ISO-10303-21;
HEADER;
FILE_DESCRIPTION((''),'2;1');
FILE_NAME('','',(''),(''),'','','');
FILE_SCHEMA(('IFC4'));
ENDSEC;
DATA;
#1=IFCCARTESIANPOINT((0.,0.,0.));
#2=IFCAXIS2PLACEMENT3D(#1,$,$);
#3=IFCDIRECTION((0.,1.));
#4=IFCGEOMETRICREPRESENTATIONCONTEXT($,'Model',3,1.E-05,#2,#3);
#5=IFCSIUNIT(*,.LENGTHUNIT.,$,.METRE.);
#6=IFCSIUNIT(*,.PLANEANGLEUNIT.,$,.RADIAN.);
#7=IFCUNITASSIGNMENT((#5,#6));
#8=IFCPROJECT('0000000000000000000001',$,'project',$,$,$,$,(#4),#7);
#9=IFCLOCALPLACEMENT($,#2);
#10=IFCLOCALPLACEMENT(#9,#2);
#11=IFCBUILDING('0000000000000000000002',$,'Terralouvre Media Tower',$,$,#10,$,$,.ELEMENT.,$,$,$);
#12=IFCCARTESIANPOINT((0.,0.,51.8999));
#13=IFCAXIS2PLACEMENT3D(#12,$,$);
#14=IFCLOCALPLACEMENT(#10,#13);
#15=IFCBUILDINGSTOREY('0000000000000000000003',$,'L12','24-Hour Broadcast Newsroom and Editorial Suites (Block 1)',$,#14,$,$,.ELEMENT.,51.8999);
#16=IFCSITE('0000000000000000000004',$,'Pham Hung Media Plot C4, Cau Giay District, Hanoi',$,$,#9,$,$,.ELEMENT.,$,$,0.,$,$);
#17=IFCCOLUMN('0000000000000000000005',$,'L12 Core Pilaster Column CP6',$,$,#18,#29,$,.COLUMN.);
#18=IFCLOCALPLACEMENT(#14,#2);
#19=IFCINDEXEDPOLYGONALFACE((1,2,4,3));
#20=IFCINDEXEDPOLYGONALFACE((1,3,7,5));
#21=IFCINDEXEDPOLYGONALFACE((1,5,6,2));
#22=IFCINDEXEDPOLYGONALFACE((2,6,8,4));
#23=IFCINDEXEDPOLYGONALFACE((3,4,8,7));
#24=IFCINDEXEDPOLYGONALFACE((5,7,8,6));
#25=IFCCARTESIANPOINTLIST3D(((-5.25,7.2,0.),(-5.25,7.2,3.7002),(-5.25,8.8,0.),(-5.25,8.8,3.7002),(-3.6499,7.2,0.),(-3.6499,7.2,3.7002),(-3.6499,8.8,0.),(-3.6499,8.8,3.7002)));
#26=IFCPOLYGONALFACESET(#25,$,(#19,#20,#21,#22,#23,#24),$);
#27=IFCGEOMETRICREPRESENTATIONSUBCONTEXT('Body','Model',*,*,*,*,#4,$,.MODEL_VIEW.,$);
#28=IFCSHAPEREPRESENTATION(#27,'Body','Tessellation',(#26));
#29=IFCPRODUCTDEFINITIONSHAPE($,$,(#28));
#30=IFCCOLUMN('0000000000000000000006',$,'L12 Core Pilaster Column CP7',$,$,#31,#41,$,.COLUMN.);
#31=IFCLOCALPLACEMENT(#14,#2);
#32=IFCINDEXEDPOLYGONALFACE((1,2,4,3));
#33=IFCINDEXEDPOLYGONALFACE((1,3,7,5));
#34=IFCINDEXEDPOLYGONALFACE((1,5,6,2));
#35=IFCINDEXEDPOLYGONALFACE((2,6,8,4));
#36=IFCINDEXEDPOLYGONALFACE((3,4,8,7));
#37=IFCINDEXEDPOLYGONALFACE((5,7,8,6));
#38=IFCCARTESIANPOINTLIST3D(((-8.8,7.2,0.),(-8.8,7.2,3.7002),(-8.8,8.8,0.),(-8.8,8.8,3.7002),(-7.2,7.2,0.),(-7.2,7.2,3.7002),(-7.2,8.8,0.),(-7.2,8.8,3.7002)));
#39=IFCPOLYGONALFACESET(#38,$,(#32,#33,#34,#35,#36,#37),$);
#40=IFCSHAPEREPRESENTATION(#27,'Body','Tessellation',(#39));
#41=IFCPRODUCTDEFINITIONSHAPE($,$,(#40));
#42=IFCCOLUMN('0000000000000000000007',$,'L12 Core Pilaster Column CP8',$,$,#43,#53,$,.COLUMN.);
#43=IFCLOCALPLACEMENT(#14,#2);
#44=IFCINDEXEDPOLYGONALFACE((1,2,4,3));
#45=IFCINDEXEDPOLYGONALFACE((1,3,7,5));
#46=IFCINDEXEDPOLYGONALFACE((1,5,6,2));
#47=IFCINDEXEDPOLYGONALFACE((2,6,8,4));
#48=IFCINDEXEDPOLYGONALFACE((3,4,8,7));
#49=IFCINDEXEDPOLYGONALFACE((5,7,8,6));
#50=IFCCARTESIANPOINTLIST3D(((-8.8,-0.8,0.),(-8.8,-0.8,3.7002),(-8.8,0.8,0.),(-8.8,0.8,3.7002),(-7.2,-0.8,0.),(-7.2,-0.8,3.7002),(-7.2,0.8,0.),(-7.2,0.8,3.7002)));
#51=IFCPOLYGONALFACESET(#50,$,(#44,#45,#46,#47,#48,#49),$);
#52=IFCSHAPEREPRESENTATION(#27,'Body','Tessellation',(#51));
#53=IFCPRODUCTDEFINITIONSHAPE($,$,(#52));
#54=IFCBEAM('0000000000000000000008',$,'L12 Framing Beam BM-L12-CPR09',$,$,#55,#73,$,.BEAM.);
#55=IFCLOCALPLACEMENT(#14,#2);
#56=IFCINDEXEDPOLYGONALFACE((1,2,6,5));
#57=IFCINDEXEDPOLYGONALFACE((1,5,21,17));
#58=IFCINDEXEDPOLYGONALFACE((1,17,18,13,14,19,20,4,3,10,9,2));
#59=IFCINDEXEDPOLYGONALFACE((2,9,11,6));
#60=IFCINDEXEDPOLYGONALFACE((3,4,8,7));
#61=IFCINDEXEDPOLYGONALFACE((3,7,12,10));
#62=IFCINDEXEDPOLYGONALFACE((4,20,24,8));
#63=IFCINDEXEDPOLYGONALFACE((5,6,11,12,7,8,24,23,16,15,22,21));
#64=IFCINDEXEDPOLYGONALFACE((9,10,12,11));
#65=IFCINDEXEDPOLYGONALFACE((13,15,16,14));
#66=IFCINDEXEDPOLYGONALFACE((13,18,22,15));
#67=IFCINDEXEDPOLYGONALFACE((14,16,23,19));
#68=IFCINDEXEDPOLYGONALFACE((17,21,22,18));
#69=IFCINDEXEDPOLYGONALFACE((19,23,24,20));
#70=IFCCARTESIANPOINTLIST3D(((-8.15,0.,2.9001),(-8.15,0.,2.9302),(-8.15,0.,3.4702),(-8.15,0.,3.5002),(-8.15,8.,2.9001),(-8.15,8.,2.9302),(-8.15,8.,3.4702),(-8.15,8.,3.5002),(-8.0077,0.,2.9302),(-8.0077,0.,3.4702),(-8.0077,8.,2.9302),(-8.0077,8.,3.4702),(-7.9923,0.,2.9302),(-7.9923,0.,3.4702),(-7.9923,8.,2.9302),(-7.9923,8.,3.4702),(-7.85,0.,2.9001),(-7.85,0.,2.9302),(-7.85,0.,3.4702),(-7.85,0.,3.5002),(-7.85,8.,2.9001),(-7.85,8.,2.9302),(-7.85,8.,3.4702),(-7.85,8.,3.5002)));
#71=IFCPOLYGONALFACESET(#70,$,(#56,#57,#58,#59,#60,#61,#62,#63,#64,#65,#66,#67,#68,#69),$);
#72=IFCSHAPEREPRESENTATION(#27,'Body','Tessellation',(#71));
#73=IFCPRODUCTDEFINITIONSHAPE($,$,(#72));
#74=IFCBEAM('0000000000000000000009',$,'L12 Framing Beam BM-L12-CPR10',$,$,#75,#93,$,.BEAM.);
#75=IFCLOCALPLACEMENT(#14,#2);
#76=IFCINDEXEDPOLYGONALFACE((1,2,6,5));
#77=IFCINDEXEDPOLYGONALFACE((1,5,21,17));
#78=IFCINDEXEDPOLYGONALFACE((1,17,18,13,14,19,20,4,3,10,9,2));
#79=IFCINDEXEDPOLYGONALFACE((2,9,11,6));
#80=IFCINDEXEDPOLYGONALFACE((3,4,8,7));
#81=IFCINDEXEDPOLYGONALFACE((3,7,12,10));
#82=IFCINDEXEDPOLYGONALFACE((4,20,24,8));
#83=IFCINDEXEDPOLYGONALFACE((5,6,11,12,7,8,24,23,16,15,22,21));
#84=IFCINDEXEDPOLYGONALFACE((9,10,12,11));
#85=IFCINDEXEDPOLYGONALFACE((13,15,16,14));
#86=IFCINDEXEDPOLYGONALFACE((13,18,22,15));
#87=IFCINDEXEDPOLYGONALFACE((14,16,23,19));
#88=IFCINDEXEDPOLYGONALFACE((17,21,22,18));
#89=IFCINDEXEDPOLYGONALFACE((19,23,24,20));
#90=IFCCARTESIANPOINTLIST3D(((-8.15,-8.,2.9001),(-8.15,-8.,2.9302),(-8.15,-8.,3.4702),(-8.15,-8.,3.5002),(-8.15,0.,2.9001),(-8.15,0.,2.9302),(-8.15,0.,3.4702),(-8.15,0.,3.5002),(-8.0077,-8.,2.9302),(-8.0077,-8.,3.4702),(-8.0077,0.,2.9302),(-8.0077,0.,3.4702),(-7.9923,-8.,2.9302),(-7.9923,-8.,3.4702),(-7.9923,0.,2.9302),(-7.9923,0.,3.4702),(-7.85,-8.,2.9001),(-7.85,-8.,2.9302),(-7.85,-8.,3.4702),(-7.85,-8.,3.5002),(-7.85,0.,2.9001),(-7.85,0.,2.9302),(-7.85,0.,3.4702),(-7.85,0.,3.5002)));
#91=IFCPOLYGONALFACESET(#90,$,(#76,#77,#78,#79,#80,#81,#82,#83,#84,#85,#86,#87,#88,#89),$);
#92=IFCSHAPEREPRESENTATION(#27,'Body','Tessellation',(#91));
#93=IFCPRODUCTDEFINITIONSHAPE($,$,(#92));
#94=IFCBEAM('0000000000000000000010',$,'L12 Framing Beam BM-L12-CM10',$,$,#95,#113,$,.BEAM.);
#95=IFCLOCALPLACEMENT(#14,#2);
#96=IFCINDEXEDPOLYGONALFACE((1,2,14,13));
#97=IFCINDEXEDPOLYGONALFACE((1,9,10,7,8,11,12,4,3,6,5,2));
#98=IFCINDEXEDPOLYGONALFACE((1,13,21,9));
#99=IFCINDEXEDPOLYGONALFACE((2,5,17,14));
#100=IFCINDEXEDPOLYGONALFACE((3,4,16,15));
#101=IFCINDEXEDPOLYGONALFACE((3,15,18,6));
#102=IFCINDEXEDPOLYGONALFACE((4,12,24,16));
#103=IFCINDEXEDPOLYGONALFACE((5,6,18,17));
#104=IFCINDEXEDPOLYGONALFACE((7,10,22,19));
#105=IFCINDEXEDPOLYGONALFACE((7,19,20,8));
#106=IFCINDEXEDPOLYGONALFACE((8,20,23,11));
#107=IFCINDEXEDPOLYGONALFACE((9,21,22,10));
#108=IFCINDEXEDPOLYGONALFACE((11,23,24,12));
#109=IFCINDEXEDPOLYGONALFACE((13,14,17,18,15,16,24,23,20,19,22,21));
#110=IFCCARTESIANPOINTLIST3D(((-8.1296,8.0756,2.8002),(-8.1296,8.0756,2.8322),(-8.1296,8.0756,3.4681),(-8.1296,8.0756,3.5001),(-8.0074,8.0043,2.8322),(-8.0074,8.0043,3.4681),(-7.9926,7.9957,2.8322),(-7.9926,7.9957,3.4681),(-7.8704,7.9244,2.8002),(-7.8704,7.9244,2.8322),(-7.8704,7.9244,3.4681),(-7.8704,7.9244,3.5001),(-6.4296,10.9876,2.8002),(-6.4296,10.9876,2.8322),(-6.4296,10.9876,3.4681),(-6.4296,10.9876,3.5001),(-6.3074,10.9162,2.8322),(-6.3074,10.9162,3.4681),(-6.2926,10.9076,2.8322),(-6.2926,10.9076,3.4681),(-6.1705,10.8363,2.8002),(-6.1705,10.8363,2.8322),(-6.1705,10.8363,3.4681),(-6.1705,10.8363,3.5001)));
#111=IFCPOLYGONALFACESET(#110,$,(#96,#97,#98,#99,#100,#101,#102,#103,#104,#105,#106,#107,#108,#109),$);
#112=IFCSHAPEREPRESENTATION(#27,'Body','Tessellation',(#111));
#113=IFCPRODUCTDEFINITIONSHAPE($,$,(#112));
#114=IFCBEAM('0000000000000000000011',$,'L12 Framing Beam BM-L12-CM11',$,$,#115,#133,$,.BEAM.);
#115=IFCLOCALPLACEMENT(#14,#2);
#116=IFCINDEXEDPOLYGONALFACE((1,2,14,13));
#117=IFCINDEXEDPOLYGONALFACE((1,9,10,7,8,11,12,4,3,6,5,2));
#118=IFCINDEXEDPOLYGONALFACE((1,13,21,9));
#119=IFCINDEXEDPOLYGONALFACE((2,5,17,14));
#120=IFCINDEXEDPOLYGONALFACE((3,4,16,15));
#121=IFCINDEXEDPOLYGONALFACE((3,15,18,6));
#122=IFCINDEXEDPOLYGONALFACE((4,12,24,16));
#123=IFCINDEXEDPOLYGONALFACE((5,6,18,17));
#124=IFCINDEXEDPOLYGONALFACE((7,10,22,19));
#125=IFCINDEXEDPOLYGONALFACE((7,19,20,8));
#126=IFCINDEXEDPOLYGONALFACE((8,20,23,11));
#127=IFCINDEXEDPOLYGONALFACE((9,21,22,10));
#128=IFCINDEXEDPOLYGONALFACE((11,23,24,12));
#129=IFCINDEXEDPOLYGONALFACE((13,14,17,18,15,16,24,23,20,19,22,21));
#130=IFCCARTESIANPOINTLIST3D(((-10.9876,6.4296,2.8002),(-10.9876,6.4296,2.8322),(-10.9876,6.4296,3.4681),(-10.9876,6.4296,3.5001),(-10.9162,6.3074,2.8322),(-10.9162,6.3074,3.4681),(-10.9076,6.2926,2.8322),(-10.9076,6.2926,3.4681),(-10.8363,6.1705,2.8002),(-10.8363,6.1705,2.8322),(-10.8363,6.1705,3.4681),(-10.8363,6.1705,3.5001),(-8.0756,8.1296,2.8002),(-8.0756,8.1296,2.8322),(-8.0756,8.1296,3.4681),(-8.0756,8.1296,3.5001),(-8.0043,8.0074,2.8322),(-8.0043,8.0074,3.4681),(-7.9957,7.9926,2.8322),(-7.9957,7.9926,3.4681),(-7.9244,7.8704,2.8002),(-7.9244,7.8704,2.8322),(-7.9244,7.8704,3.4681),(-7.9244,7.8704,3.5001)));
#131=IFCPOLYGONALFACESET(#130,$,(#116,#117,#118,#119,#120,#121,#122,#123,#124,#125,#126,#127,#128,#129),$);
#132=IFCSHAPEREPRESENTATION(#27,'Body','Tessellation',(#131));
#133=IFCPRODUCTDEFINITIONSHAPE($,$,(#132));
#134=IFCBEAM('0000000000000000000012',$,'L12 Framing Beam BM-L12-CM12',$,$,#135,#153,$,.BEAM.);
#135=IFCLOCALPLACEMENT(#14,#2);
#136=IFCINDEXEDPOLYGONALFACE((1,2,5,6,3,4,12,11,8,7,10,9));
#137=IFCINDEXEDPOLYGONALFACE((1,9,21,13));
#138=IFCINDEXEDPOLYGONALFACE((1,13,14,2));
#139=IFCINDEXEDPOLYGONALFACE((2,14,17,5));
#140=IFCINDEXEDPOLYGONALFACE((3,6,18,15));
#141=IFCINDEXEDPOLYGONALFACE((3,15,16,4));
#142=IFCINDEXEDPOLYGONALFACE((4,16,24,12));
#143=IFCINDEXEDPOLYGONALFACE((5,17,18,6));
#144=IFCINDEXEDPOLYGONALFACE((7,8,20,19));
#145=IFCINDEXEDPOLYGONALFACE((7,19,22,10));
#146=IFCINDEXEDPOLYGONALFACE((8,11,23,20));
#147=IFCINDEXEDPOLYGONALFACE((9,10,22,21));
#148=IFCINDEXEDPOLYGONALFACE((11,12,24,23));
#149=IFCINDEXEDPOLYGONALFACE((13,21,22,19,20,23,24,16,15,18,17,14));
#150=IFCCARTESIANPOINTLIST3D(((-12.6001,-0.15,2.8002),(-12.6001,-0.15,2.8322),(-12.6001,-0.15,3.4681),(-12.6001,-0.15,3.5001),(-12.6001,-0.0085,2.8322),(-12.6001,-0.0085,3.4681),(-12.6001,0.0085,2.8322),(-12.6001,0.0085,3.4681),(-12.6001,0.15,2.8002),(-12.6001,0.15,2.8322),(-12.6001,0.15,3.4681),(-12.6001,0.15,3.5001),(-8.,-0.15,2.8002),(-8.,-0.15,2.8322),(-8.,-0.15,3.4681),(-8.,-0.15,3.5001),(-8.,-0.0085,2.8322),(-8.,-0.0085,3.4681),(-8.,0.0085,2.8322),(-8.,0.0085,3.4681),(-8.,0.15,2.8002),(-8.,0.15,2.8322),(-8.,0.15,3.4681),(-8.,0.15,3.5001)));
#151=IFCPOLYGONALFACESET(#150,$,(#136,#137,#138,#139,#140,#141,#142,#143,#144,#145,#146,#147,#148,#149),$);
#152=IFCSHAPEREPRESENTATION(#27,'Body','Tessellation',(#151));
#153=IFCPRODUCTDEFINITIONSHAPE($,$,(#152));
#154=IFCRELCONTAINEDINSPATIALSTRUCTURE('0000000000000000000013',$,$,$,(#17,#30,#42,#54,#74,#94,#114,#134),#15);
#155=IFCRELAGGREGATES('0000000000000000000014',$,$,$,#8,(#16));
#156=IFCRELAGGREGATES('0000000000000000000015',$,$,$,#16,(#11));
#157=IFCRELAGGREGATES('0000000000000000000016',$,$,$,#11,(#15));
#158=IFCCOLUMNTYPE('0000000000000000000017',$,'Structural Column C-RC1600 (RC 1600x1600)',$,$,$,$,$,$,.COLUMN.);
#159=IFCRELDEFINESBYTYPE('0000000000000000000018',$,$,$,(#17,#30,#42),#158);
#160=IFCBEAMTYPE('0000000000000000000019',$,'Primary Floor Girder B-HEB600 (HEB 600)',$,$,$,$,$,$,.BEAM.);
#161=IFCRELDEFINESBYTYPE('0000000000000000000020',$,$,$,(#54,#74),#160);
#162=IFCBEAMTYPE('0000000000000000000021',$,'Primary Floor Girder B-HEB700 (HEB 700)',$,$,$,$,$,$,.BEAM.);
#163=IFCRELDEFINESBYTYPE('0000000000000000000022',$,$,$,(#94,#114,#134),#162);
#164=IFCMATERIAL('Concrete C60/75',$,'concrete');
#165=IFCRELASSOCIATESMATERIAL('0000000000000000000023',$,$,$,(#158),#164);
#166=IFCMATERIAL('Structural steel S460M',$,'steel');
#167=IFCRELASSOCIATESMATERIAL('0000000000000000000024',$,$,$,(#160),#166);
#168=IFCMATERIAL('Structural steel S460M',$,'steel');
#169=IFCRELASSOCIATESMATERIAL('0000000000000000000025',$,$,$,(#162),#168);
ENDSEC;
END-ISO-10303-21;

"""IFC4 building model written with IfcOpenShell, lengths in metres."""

from ifc_helpers import new_model, si_unit, direction, frame, origin, origin_2d, place, context, subcontext, project, spatial, rectangle, i_section, extrude, material, material_profile, profile_set, type_object, element, save


model = new_model("IFC4")

# Units and contexts
model_context = context("Model", 3, precision=1e-05, world=origin(), true_north=direction((0.0, 1.0)))
body_context = subcontext(model_context, "Body", "Model", "MODEL_VIEW")
ifc_project = project(units=[si_unit("LENGTHUNIT", "METRE"), si_unit("PLANEANGLEUNIT", "RADIAN")], contexts=[model_context])

# Site, building, storey
site_placement = place(None, origin())
site = spatial("IfcSite", under=ifc_project, at=site_placement, Name="Pham Hung Media Plot C4, Cau Giay District, Hanoi", CompositionType="ELEMENT", RefElevation=0.0)
building_placement = place(site_placement, origin())
building = spatial("IfcBuilding", under=site, at=building_placement, Name="Terralouvre Media Tower", CompositionType="ELEMENT")
storey_placement = place(building_placement, frame((0.0, 0.0, 51.8999)))
storey = spatial("IfcBuildingStorey", under=building, at=storey_placement, Name="L12", Description="24-Hour Broadcast Newsroom and Editorial Suites (Block 1)", CompositionType="ELEMENT", Elevation=51.8999)

# Columns
ifc_material_1 = material(Name="Concrete C60/75", Category="concrete")
ifc_material_profile_1 = material_profile(ifc_material_1, rectangle(XDim=1.6001, YDim=1.6001, at=origin_2d()), Name="RC 1600x1600")
ifc_profile_set_1 = profile_set([ifc_material_profile_1], Name="Concrete C60/75")
column_type = type_object("IfcColumnType", Name="Structural Column C-RC1600 (RC 1600x1600)", PredefinedType="COLUMN", material=ifc_profile_set_1)
for number, where, z_axis, x_axis, name in (
    (1, (-4.45, 8.0, 0.0), (0.0, 0.0, 1.0), (1.0, 0.0, 0.0), "L12 Core Pilaster Column CP6"),
    (2, (-8.0, 8.0, 0.0), (0.0, 0.0, 1.0), (1.0, 0.0, 0.0), "L12 Core Pilaster Column CP7"),
    (3, (-8.0, 0.0, 0.0), (0.0, 0.0, 1.0), (1.0, 0.0, 0.0), "L12 Core Pilaster Column CP8"),
):
    element("IfcColumn", number, at=place(storey_placement, frame(where, z_axis=z_axis, x_axis=x_axis)), inside=storey, type_object=column_type, Name=name, PredefinedType="COLUMN", context=body_context, shape_type="SweptSolid", body=[
        extrude(rectangle(XDim=1.6001, YDim=1.6001, at=origin_2d()), origin(), (0.0, 0.0, 1.0), 3.7002),
    ])

# Beams
ifc_material_2 = material(Name="Structural steel S460M", Category="steel")
ifc_material_profile_2 = material_profile(ifc_material_2, i_section(OverallWidth=0.3, OverallDepth=0.6001, WebThickness=0.0154, FlangeThickness=0.03, at=origin_2d()), Name="HEB 600")
ifc_profile_set_2 = profile_set([ifc_material_profile_2], Name="Structural steel S460M")
beam_type_1 = type_object("IfcBeamType", Name="Primary Floor Girder B-HEB600 (HEB 600)", PredefinedType="BEAM", material=ifc_profile_set_2)
for number, where, z_axis, x_axis, name in (
    (4, (-8.0, 8.0, 3.2002), (0.0, -1.0, 0.0), (1.0, 0.0, 0.0), "L12 Framing Beam BM-L12-CPR09"),
    (5, (-8.0, 0.0, 3.2002), (0.0, -1.0, 0.0), (1.0, 0.0, 0.0), "L12 Framing Beam BM-L12-CPR10"),
):
    element("IfcBeam", number, at=place(storey_placement, frame(where, z_axis=z_axis, x_axis=x_axis)), inside=storey, type_object=beam_type_1, Name=name, PredefinedType="BEAM", context=body_context, shape_type="SweptSolid", body=[
        extrude(i_section(OverallWidth=0.3, OverallDepth=0.6001, WebThickness=0.0154, FlangeThickness=0.03, at=origin_2d()), origin(), (0.0, 0.0, 1.0), 8.0),
    ])
ifc_material_3 = material(Name="Structural steel S460M", Category="steel")
ifc_material_profile_3 = material_profile(ifc_material_3, i_section(OverallWidth=0.3, OverallDepth=0.7, WebThickness=0.0171, FlangeThickness=0.032, at=origin_2d()), Name="HEB 700")
ifc_profile_set_3 = profile_set([ifc_material_profile_3], Name="Structural steel S460M")
beam_type_2 = type_object("IfcBeamType", Name="Primary Floor Girder B-HEB700 (HEB 700)", PredefinedType="BEAM", material=ifc_profile_set_3)
for number, where, z_axis, x_axis, name in (
    (6, (-8.0, 8.0, 3.1501), (0.504173, 0.863603, 0.0), (-0.863603, 0.504173, 0.0), "L12 Framing Beam BM-L12-CM10"),
    (7, (-8.0, 8.0, 3.1501), (-0.863603, -0.504173, 0.0), (0.504173, -0.863603, 0.0), "L12 Framing Beam BM-L12-CM11"),
):
    element("IfcBeam", number, at=place(storey_placement, frame(where, z_axis=z_axis, x_axis=x_axis)), inside=storey, type_object=beam_type_2, Name=name, PredefinedType="BEAM", context=body_context, shape_type="SweptSolid", body=[
        extrude(i_section(OverallWidth=0.3, OverallDepth=0.7, WebThickness=0.0171, FlangeThickness=0.032, at=origin_2d()), origin(), (0.0, 0.0, 1.0), 3.3718),
    ])
beam_placement = place(storey_placement, frame((-8.0, 0.0, 3.1501), z_axis=(-1.0, 0.0, 0.0), x_axis=(0.0, -1.0, 0.0)))
element("IfcBeam", 8, at=beam_placement, inside=storey, type_object=beam_type_2, Name="L12 Framing Beam BM-L12-CM12", PredefinedType="BEAM", context=body_context, shape_type="SweptSolid", body=[
    extrude(i_section(OverallWidth=0.3, OverallDepth=0.7, WebThickness=0.0171, FlangeThickness=0.032, at=origin_2d()), origin(), (0.0, 0.0, 1.0), 4.6001),
])

save(model, "model.ifc")
